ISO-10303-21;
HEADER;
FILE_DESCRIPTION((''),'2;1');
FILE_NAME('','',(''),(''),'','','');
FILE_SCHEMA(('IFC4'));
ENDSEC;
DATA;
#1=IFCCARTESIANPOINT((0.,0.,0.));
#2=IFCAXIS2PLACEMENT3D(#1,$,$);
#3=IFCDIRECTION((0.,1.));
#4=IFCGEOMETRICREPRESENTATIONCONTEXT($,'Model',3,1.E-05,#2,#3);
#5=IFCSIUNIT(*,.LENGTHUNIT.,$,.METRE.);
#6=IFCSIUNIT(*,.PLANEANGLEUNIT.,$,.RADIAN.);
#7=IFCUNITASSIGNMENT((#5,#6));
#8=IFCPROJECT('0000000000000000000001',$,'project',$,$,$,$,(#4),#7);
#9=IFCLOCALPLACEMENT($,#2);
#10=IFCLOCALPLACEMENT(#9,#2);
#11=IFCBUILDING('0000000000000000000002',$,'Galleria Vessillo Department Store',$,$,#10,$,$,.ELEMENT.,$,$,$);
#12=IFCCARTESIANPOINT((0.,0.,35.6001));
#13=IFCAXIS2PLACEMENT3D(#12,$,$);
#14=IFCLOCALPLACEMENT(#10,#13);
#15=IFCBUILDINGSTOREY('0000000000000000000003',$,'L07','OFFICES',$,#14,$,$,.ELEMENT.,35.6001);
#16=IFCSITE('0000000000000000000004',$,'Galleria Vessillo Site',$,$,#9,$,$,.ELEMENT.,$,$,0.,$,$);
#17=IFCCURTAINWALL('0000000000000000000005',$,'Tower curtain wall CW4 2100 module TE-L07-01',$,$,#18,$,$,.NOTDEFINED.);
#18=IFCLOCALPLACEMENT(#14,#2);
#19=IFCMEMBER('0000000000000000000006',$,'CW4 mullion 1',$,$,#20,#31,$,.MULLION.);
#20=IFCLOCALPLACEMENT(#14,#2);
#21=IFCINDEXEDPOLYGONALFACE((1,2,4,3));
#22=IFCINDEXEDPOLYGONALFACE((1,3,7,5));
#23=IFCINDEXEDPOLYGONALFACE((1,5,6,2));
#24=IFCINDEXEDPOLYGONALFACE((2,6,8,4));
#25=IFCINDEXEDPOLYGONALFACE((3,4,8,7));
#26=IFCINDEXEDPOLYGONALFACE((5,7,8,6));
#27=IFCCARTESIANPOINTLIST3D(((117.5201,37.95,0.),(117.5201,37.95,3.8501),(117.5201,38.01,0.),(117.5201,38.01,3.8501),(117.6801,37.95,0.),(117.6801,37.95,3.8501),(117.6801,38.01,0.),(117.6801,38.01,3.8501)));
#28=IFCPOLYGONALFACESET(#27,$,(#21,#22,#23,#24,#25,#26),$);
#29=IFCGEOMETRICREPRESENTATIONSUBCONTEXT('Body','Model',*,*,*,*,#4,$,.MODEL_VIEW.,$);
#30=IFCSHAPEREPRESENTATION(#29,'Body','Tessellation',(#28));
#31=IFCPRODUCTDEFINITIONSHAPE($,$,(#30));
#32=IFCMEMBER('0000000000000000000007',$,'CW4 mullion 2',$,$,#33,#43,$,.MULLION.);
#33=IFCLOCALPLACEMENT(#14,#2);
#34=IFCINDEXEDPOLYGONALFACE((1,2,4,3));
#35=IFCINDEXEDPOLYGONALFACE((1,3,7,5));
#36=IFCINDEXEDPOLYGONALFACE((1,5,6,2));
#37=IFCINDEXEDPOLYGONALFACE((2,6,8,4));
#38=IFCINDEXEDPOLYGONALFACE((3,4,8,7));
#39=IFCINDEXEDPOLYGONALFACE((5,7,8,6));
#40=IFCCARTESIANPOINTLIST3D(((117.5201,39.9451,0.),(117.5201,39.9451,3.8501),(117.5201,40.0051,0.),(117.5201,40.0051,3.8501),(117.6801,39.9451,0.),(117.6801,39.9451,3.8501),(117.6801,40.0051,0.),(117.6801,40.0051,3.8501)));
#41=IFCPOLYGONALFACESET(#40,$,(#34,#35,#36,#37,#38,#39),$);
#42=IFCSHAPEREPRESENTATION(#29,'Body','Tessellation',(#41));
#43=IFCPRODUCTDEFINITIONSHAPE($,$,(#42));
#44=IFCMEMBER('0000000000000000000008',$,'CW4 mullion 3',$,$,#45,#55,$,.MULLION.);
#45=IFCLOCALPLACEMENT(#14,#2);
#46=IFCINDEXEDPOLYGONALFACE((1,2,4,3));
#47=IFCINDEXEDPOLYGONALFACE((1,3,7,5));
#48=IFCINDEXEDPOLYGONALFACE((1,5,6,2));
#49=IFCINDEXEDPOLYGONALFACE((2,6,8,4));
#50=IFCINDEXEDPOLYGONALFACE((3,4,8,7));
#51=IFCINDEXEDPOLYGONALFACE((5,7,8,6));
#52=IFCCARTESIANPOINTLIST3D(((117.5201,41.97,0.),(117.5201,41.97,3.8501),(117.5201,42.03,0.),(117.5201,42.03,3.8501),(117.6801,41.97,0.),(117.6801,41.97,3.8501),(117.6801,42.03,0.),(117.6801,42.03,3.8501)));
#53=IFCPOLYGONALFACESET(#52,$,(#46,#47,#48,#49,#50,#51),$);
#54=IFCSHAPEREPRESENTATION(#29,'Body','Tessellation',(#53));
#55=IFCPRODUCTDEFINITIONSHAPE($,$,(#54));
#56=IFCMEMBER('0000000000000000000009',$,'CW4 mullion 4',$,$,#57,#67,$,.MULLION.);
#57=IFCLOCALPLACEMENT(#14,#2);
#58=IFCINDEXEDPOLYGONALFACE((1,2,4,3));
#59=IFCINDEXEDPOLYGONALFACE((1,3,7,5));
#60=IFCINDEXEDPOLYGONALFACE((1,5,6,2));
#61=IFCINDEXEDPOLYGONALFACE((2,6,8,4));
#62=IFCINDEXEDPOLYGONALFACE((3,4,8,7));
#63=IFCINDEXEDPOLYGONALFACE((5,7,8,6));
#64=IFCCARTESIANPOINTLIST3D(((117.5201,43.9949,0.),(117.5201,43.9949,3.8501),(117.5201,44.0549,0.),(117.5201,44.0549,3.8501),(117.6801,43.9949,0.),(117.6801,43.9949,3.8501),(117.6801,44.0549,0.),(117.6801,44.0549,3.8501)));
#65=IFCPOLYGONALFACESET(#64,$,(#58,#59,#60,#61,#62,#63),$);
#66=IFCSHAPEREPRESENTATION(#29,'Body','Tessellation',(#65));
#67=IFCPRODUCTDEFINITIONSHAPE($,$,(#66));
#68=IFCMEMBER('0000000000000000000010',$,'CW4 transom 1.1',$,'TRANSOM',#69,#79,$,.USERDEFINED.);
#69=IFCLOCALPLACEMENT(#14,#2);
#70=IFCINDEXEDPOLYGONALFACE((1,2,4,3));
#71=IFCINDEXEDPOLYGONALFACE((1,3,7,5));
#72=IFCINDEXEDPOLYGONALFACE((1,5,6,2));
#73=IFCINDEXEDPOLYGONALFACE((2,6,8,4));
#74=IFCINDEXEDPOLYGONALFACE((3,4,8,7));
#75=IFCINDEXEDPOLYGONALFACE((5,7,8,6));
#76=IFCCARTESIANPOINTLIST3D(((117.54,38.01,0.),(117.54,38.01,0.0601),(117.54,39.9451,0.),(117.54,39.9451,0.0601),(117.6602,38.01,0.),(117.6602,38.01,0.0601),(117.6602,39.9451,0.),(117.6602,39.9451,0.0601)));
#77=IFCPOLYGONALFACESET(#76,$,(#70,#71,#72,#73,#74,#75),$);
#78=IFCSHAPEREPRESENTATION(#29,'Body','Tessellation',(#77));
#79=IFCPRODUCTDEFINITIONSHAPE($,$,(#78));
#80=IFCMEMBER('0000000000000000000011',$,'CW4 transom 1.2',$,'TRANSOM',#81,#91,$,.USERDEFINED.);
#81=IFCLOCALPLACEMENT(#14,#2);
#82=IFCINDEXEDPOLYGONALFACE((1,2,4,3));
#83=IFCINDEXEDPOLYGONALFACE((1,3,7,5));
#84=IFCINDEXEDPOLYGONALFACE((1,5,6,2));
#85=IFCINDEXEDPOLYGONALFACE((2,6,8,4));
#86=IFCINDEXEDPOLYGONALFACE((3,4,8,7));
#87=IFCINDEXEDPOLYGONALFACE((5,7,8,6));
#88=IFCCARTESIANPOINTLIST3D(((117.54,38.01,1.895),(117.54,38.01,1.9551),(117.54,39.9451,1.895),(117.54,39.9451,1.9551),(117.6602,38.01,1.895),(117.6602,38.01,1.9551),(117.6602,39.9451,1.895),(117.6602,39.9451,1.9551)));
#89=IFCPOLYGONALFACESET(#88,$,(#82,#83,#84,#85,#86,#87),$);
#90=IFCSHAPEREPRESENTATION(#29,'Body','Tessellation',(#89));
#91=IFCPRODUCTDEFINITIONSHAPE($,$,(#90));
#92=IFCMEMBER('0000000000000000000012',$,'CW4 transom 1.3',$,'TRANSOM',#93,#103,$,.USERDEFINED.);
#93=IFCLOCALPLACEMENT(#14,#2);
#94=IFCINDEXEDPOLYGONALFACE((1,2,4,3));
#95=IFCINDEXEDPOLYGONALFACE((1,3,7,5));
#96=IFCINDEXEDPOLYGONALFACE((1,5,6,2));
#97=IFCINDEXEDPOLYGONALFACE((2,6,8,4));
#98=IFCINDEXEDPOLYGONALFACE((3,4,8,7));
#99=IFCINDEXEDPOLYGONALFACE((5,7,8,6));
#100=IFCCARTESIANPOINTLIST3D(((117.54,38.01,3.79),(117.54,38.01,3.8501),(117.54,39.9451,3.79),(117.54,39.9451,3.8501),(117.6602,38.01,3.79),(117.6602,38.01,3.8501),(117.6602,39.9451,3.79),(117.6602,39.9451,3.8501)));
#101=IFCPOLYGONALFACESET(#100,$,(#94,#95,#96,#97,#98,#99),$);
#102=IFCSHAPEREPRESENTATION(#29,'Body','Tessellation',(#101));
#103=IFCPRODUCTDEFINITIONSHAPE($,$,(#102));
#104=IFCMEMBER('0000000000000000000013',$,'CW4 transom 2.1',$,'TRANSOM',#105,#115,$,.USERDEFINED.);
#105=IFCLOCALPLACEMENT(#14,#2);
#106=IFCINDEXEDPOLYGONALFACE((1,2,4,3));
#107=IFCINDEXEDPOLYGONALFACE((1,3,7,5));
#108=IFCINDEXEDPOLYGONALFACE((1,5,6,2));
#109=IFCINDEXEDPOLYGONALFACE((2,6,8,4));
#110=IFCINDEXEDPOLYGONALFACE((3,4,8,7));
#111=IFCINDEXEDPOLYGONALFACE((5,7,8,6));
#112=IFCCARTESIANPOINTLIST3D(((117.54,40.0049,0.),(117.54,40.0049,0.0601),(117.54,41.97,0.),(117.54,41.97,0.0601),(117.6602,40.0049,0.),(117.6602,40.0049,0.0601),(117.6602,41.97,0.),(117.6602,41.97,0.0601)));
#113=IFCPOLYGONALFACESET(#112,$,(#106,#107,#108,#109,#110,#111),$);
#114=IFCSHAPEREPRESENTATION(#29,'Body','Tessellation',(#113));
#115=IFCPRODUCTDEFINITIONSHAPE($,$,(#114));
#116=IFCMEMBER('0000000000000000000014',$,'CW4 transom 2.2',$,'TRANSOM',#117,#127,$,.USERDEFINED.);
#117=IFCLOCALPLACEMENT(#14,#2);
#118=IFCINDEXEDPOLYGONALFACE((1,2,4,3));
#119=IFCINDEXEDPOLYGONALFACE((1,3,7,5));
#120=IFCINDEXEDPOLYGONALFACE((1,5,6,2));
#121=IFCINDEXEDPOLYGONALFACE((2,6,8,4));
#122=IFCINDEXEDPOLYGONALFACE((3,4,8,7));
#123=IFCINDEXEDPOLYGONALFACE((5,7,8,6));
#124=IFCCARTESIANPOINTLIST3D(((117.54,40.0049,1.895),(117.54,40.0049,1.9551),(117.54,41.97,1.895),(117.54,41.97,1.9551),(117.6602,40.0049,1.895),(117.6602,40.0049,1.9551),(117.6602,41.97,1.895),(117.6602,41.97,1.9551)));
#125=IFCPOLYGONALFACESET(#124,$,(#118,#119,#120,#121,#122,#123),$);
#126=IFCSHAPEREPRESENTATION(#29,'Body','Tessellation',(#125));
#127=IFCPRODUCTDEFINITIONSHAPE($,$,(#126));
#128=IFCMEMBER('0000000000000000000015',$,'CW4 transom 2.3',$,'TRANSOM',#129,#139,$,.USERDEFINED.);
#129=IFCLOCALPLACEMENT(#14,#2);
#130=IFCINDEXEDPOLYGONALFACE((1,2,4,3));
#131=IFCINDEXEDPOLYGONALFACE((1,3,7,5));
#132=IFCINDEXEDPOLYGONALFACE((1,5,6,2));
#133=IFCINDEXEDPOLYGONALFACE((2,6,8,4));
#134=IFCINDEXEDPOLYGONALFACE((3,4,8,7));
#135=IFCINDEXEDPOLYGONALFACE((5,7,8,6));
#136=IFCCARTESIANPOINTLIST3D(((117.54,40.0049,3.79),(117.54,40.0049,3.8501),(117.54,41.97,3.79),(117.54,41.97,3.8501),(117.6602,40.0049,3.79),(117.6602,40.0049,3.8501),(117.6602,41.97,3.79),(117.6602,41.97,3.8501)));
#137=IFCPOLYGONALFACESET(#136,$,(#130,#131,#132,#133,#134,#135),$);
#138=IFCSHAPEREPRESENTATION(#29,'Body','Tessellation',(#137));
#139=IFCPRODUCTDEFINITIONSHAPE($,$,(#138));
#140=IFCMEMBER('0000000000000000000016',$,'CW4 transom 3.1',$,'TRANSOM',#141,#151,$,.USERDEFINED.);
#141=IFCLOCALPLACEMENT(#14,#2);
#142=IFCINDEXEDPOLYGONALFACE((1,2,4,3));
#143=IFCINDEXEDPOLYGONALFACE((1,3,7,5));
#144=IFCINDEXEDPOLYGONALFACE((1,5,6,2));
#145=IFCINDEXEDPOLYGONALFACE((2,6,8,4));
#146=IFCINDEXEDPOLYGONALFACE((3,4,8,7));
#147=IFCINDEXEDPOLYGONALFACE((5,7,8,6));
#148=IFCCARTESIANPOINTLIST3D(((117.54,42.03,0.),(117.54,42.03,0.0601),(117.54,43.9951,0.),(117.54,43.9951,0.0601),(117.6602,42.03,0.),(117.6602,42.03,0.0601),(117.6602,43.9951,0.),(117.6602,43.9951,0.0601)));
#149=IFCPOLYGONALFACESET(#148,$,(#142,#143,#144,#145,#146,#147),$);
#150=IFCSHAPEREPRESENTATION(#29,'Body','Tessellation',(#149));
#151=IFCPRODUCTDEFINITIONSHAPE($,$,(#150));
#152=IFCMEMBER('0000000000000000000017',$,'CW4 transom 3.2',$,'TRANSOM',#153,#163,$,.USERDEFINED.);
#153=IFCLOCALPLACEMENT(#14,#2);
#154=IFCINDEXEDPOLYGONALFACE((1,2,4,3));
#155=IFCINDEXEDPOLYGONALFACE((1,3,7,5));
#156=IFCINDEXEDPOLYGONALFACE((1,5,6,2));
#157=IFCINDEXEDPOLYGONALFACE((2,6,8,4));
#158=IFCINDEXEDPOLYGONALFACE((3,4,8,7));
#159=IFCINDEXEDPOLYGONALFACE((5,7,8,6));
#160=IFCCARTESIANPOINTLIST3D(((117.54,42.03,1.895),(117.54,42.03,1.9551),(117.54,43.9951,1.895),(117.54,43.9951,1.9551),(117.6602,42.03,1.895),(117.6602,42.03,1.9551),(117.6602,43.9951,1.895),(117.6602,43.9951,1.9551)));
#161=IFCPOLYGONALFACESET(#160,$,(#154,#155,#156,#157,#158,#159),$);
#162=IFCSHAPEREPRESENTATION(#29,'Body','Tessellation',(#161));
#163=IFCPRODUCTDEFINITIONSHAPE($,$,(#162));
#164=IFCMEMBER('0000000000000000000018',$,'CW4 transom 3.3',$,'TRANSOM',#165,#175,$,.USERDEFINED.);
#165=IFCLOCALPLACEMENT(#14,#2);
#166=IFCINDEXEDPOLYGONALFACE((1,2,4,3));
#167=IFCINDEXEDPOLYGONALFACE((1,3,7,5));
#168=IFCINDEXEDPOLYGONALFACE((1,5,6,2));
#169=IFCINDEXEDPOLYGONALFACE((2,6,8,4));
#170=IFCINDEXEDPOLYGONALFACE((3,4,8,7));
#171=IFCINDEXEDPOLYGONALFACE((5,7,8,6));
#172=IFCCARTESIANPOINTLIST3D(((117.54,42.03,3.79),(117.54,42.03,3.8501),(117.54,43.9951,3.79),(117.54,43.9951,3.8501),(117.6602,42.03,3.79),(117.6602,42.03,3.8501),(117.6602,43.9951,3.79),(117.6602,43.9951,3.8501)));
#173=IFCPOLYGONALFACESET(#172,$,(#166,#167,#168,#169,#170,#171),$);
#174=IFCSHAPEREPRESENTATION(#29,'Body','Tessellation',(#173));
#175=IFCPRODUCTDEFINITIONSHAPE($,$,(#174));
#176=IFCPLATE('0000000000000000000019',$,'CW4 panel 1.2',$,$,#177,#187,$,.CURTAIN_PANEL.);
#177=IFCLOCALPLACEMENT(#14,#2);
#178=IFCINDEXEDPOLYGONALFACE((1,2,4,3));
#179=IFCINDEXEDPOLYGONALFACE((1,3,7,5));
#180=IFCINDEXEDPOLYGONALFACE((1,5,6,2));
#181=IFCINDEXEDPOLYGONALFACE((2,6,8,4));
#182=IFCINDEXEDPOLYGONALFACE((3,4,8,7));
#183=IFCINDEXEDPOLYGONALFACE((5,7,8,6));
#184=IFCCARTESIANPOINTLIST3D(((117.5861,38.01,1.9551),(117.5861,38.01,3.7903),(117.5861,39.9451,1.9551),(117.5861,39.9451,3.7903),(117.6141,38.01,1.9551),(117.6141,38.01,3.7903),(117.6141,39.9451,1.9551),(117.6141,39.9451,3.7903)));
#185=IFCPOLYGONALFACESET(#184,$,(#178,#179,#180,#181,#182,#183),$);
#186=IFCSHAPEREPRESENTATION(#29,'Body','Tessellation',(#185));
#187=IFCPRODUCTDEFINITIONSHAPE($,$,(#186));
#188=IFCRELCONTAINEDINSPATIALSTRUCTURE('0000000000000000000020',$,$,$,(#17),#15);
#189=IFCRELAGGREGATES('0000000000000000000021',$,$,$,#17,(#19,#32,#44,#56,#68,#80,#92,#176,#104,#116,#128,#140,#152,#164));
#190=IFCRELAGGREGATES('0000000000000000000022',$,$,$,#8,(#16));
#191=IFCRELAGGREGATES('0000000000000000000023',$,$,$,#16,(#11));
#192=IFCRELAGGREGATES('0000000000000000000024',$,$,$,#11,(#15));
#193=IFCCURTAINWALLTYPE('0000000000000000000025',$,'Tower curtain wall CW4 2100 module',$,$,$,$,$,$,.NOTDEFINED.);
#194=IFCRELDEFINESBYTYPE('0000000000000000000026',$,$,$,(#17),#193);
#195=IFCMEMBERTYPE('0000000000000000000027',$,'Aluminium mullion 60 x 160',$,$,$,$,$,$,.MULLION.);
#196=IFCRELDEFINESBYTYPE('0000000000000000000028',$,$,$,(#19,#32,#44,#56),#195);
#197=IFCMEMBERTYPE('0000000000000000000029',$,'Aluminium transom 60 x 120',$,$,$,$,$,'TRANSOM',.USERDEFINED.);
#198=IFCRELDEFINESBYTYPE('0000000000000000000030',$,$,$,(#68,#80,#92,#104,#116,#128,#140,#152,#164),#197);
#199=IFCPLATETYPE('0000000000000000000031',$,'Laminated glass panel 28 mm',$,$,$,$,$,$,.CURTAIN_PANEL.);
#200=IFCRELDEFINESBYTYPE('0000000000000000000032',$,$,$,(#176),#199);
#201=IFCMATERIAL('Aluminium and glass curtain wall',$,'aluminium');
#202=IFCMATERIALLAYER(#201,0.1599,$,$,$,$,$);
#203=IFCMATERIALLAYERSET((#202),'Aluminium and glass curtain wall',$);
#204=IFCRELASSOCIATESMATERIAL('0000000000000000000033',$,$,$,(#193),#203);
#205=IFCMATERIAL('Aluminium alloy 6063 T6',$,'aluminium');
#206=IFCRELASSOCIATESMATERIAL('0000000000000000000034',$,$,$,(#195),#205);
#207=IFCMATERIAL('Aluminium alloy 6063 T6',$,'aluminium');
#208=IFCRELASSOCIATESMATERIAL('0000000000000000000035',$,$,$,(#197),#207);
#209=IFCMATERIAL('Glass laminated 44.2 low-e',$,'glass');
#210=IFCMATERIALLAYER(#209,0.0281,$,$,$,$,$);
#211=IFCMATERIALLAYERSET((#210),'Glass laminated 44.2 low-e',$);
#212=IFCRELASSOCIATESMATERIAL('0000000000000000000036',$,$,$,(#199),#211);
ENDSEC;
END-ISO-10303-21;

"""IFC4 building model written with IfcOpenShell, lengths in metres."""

from ifc_helpers import new_model, si_unit, direction, frame, origin, origin_2d, place, context, subcontext, project, spatial, rectangle, extrude, material, layer, layer_set, material_profile, profile_set, type_object, element, aggregate, save


model = new_model("IFC4")

# Units and contexts
model_context = context("Model", 3, precision=1e-05, world=origin(), true_north=direction((0.0, 1.0)))
body_context = subcontext(model_context, "Body", "Model", "MODEL_VIEW")
ifc_project = project(units=[si_unit("LENGTHUNIT", "METRE"), si_unit("PLANEANGLEUNIT", "RADIAN")], contexts=[model_context])

# Site, building, storey
site_placement = place(None, origin())
site = spatial("IfcSite", under=ifc_project, at=site_placement, Name="Galleria Vessillo Site", CompositionType="ELEMENT", RefElevation=0.0)
building_placement = place(site_placement, origin())
building = spatial("IfcBuilding", under=site, at=building_placement, Name="Galleria Vessillo Department Store", CompositionType="ELEMENT")
storey_placement = place(building_placement, frame((0.0, 0.0, 35.6001)))
storey = spatial("IfcBuildingStorey", under=building, at=storey_placement, Name="L07", Description="OFFICES", CompositionType="ELEMENT", Elevation=35.6001)

# Curtain wall, members, plate
ifc_material_1 = material(Name="Aluminium and glass curtain wall", Category="aluminium")
ifc_layer_1 = layer(ifc_material_1, 0.1599)
ifc_layer_set_1 = layer_set([ifc_layer_1], Name="Aluminium and glass curtain wall")
curtain_wall_type = type_object("IfcCurtainWallType", Name="Tower curtain wall CW4 2100 module", PredefinedType="NOTDEFINED", material=ifc_layer_set_1)
curtain_wall_placement = place(storey_placement, origin())
curtain_wall = element("IfcCurtainWall", 1, at=curtain_wall_placement, inside=storey, type_object=curtain_wall_type, Name="Tower curtain wall CW4 2100 module TE-L07-01", PredefinedType="NOTDEFINED")
ifc_material_2 = material(Name="Aluminium alloy 6063 T6", Category="aluminium")
ifc_material_profile_1 = material_profile(ifc_material_2, rectangle(XDim=0.1599, YDim=0.0601, at=origin_2d()), Name="AL 60x160")
ifc_profile_set_1 = profile_set([ifc_material_profile_1], Name="Aluminium alloy 6063 T6")
member_type_1 = type_object("IfcMemberType", Name="Aluminium mullion 60 x 160", PredefinedType="MULLION", material=ifc_profile_set_1)
member_1_placement = place(storey_placement, frame((117.6001, 37.98, 0.0), z_axis=(0.0, 0.0, 1.0), x_axis=(-1.0, 0.0, 0.0)))
member_1 = element("IfcMember", 2, at=member_1_placement, type_object=member_type_1, Name="CW4 mullion 1", PredefinedType="MULLION", context=body_context, shape_type="SweptSolid", body=[
    extrude(rectangle(XDim=0.1599, YDim=0.0601, at=origin_2d()), origin(), (0.0, 0.0, 1.0), 3.8501),
])
member_2_placement = place(storey_placement, frame((117.6001, 39.9751, 0.0), z_axis=(0.0, 0.0, 1.0), x_axis=(-1.0, 0.0, 0.0)))
member_2 = element("IfcMember", 3, at=member_2_placement, type_object=member_type_1, Name="CW4 mullion 2", PredefinedType="MULLION", context=body_context, shape_type="SweptSolid", body=[
    extrude(rectangle(XDim=0.1599, YDim=0.0601, at=origin_2d()), origin(), (0.0, 0.0, 1.0), 3.8501),
])
member_3_placement = place(storey_placement, frame((117.6001, 42.0, 0.0), z_axis=(0.0, 0.0, 1.0), x_axis=(-1.0, 0.0, 0.0)))
member_3 = element("IfcMember", 4, at=member_3_placement, type_object=member_type_1, Name="CW4 mullion 3", PredefinedType="MULLION", context=body_context, shape_type="SweptSolid", body=[
    extrude(rectangle(XDim=0.1599, YDim=0.0601, at=origin_2d()), origin(), (0.0, 0.0, 1.0), 3.8501),
])
member_4_placement = place(storey_placement, frame((117.6001, 44.0249, 0.0), z_axis=(0.0, 0.0, 1.0), x_axis=(-1.0, 0.0, 0.0)))
member_4 = element("IfcMember", 5, at=member_4_placement, type_object=member_type_1, Name="CW4 mullion 4", PredefinedType="MULLION", context=body_context, shape_type="SweptSolid", body=[
    extrude(rectangle(XDim=0.1599, YDim=0.0601, at=origin_2d()), origin(), (0.0, 0.0, 1.0), 3.8501),
])
ifc_material_3 = material(Name="Aluminium alloy 6063 T6", Category="aluminium")
ifc_material_profile_2 = material_profile(ifc_material_3, rectangle(XDim=0.1201, YDim=0.0601, at=origin_2d()), Name="AL 60x120")
ifc_profile_set_2 = profile_set([ifc_material_profile_2], Name="Aluminium alloy 6063 T6")
member_type_2 = type_object("IfcMemberType", Name="Aluminium transom 60 x 120", ElementType="TRANSOM", PredefinedType="USERDEFINED", material=ifc_profile_set_2)
member_5_placement = place(storey_placement, frame((117.6001, 38.01, 0.03), z_axis=(0.0, 1.0, 0.0), x_axis=(-1.0, 0.0, 0.0)))
member_5 = element("IfcMember", 6, at=member_5_placement, type_object=member_type_2, Name="CW4 transom 1.1", ObjectType="TRANSOM", PredefinedType="USERDEFINED", context=body_context, shape_type="SweptSolid", body=[
    extrude(rectangle(XDim=0.1201, YDim=0.0601, at=origin_2d()), origin(), (0.0, 0.0, 1.0), 1.9351),
])
member_6_placement = place(storey_placement, frame((117.6001, 38.01, 1.925), z_axis=(0.0, 1.0, 0.0), x_axis=(-1.0, 0.0, 0.0)))
member_6 = element("IfcMember", 7, at=member_6_placement, type_object=member_type_2, Name="CW4 transom 1.2", ObjectType="TRANSOM", PredefinedType="USERDEFINED", context=body_context, shape_type="SweptSolid", body=[
    extrude(rectangle(XDim=0.1201, YDim=0.0601, at=origin_2d()), origin(), (0.0, 0.0, 1.0), 1.9351),
])
member_7_placement = place(storey_placement, frame((117.6001, 38.01, 3.8201), z_axis=(0.0, 1.0, 0.0), x_axis=(-1.0, 0.0, 0.0)))
member_7 = element("IfcMember", 8, at=member_7_placement, type_object=member_type_2, Name="CW4 transom 1.3", ObjectType="TRANSOM", PredefinedType="USERDEFINED", context=body_context, shape_type="SweptSolid", body=[
    extrude(rectangle(XDim=0.1201, YDim=0.0601, at=origin_2d()), origin(), (0.0, 0.0, 1.0), 1.9351),
])
member_8_placement = place(storey_placement, frame((117.6001, 40.0049, 0.03), z_axis=(0.0, 1.0, 0.0), x_axis=(-1.0, 0.0, 0.0)))
member_8 = element("IfcMember", 9, at=member_8_placement, type_object=member_type_2, Name="CW4 transom 2.1", ObjectType="TRANSOM", PredefinedType="USERDEFINED", context=body_context, shape_type="SweptSolid", body=[
    extrude(rectangle(XDim=0.1201, YDim=0.0601, at=origin_2d()), origin(), (0.0, 0.0, 1.0), 1.9651),
])
member_9_placement = place(storey_placement, frame((117.6001, 40.0049, 1.925), z_axis=(0.0, 1.0, 0.0), x_axis=(-1.0, 0.0, 0.0)))
member_9 = element("IfcMember", 10, at=member_9_placement, type_object=member_type_2, Name="CW4 transom 2.2", ObjectType="TRANSOM", PredefinedType="USERDEFINED", context=body_context, shape_type="SweptSolid", body=[
    extrude(rectangle(XDim=0.1201, YDim=0.0601, at=origin_2d()), origin(), (0.0, 0.0, 1.0), 1.9651),
])
member_10_placement = place(storey_placement, frame((117.6001, 40.0049, 3.8201), z_axis=(0.0, 1.0, 0.0), x_axis=(-1.0, 0.0, 0.0)))
member_10 = element("IfcMember", 11, at=member_10_placement, type_object=member_type_2, Name="CW4 transom 2.3", ObjectType="TRANSOM", PredefinedType="USERDEFINED", context=body_context, shape_type="SweptSolid", body=[
    extrude(rectangle(XDim=0.1201, YDim=0.0601, at=origin_2d()), origin(), (0.0, 0.0, 1.0), 1.9651),
])
member_11_placement = place(storey_placement, frame((117.6001, 42.03, 0.03), z_axis=(0.0, 1.0, 0.0), x_axis=(-1.0, 0.0, 0.0)))
member_11 = element("IfcMember", 12, at=member_11_placement, type_object=member_type_2, Name="CW4 transom 3.1", ObjectType="TRANSOM", PredefinedType="USERDEFINED", context=body_context, shape_type="SweptSolid", body=[
    extrude(rectangle(XDim=0.1201, YDim=0.0601, at=origin_2d()), origin(), (0.0, 0.0, 1.0), 1.9651),
])
member_12_placement = place(storey_placement, frame((117.6001, 42.03, 1.925), z_axis=(0.0, 1.0, 0.0), x_axis=(-1.0, 0.0, 0.0)))
member_12 = element("IfcMember", 13, at=member_12_placement, type_object=member_type_2, Name="CW4 transom 3.2", ObjectType="TRANSOM", PredefinedType="USERDEFINED", context=body_context, shape_type="SweptSolid", body=[
    extrude(rectangle(XDim=0.1201, YDim=0.0601, at=origin_2d()), origin(), (0.0, 0.0, 1.0), 1.9651),
])
member_13_placement = place(storey_placement, frame((117.6001, 42.03, 3.8201), z_axis=(0.0, 1.0, 0.0), x_axis=(-1.0, 0.0, 0.0)))
member_13 = element("IfcMember", 14, at=member_13_placement, type_object=member_type_2, Name="CW4 transom 3.3", ObjectType="TRANSOM", PredefinedType="USERDEFINED", context=body_context, shape_type="SweptSolid", body=[
    extrude(rectangle(XDim=0.1201, YDim=0.0601, at=origin_2d()), origin(), (0.0, 0.0, 1.0), 1.9651),
])
ifc_material_4 = material(Name="Glass laminated 44.2 low-e", Category="glass")
ifc_layer_2 = layer(ifc_material_4, 0.0281)
ifc_layer_set_2 = layer_set([ifc_layer_2], Name="Glass laminated 44.2 low-e")
plate_type_1 = type_object("IfcPlateType", Name="Laminated glass panel 28 mm", PredefinedType="CURTAIN_PANEL", material=ifc_layer_set_2)
plate_1_placement = place(storey_placement, frame((117.6001, 38.9775, 1.9551), z_axis=(0.0, 0.0, 1.0), x_axis=(0.0, 1.0, 0.0)))
plate_1 = element("IfcPlate", 15, at=plate_1_placement, type_object=plate_type_1, Name="CW4 panel 1.2", PredefinedType="CURTAIN_PANEL", context=body_context, shape_type="SweptSolid", body=[
    extrude(rectangle(XDim=1.9351, YDim=0.0281, at=origin_2d()), origin(), (0.0, 0.0, 1.0), 1.8352),
])
aggregate(curtain_wall, [member_1, member_2, member_3, member_4, member_5, member_6, member_7, plate_1, member_8, member_9, member_10, member_11, member_12, member_13])

save(model, "model.ifc")
